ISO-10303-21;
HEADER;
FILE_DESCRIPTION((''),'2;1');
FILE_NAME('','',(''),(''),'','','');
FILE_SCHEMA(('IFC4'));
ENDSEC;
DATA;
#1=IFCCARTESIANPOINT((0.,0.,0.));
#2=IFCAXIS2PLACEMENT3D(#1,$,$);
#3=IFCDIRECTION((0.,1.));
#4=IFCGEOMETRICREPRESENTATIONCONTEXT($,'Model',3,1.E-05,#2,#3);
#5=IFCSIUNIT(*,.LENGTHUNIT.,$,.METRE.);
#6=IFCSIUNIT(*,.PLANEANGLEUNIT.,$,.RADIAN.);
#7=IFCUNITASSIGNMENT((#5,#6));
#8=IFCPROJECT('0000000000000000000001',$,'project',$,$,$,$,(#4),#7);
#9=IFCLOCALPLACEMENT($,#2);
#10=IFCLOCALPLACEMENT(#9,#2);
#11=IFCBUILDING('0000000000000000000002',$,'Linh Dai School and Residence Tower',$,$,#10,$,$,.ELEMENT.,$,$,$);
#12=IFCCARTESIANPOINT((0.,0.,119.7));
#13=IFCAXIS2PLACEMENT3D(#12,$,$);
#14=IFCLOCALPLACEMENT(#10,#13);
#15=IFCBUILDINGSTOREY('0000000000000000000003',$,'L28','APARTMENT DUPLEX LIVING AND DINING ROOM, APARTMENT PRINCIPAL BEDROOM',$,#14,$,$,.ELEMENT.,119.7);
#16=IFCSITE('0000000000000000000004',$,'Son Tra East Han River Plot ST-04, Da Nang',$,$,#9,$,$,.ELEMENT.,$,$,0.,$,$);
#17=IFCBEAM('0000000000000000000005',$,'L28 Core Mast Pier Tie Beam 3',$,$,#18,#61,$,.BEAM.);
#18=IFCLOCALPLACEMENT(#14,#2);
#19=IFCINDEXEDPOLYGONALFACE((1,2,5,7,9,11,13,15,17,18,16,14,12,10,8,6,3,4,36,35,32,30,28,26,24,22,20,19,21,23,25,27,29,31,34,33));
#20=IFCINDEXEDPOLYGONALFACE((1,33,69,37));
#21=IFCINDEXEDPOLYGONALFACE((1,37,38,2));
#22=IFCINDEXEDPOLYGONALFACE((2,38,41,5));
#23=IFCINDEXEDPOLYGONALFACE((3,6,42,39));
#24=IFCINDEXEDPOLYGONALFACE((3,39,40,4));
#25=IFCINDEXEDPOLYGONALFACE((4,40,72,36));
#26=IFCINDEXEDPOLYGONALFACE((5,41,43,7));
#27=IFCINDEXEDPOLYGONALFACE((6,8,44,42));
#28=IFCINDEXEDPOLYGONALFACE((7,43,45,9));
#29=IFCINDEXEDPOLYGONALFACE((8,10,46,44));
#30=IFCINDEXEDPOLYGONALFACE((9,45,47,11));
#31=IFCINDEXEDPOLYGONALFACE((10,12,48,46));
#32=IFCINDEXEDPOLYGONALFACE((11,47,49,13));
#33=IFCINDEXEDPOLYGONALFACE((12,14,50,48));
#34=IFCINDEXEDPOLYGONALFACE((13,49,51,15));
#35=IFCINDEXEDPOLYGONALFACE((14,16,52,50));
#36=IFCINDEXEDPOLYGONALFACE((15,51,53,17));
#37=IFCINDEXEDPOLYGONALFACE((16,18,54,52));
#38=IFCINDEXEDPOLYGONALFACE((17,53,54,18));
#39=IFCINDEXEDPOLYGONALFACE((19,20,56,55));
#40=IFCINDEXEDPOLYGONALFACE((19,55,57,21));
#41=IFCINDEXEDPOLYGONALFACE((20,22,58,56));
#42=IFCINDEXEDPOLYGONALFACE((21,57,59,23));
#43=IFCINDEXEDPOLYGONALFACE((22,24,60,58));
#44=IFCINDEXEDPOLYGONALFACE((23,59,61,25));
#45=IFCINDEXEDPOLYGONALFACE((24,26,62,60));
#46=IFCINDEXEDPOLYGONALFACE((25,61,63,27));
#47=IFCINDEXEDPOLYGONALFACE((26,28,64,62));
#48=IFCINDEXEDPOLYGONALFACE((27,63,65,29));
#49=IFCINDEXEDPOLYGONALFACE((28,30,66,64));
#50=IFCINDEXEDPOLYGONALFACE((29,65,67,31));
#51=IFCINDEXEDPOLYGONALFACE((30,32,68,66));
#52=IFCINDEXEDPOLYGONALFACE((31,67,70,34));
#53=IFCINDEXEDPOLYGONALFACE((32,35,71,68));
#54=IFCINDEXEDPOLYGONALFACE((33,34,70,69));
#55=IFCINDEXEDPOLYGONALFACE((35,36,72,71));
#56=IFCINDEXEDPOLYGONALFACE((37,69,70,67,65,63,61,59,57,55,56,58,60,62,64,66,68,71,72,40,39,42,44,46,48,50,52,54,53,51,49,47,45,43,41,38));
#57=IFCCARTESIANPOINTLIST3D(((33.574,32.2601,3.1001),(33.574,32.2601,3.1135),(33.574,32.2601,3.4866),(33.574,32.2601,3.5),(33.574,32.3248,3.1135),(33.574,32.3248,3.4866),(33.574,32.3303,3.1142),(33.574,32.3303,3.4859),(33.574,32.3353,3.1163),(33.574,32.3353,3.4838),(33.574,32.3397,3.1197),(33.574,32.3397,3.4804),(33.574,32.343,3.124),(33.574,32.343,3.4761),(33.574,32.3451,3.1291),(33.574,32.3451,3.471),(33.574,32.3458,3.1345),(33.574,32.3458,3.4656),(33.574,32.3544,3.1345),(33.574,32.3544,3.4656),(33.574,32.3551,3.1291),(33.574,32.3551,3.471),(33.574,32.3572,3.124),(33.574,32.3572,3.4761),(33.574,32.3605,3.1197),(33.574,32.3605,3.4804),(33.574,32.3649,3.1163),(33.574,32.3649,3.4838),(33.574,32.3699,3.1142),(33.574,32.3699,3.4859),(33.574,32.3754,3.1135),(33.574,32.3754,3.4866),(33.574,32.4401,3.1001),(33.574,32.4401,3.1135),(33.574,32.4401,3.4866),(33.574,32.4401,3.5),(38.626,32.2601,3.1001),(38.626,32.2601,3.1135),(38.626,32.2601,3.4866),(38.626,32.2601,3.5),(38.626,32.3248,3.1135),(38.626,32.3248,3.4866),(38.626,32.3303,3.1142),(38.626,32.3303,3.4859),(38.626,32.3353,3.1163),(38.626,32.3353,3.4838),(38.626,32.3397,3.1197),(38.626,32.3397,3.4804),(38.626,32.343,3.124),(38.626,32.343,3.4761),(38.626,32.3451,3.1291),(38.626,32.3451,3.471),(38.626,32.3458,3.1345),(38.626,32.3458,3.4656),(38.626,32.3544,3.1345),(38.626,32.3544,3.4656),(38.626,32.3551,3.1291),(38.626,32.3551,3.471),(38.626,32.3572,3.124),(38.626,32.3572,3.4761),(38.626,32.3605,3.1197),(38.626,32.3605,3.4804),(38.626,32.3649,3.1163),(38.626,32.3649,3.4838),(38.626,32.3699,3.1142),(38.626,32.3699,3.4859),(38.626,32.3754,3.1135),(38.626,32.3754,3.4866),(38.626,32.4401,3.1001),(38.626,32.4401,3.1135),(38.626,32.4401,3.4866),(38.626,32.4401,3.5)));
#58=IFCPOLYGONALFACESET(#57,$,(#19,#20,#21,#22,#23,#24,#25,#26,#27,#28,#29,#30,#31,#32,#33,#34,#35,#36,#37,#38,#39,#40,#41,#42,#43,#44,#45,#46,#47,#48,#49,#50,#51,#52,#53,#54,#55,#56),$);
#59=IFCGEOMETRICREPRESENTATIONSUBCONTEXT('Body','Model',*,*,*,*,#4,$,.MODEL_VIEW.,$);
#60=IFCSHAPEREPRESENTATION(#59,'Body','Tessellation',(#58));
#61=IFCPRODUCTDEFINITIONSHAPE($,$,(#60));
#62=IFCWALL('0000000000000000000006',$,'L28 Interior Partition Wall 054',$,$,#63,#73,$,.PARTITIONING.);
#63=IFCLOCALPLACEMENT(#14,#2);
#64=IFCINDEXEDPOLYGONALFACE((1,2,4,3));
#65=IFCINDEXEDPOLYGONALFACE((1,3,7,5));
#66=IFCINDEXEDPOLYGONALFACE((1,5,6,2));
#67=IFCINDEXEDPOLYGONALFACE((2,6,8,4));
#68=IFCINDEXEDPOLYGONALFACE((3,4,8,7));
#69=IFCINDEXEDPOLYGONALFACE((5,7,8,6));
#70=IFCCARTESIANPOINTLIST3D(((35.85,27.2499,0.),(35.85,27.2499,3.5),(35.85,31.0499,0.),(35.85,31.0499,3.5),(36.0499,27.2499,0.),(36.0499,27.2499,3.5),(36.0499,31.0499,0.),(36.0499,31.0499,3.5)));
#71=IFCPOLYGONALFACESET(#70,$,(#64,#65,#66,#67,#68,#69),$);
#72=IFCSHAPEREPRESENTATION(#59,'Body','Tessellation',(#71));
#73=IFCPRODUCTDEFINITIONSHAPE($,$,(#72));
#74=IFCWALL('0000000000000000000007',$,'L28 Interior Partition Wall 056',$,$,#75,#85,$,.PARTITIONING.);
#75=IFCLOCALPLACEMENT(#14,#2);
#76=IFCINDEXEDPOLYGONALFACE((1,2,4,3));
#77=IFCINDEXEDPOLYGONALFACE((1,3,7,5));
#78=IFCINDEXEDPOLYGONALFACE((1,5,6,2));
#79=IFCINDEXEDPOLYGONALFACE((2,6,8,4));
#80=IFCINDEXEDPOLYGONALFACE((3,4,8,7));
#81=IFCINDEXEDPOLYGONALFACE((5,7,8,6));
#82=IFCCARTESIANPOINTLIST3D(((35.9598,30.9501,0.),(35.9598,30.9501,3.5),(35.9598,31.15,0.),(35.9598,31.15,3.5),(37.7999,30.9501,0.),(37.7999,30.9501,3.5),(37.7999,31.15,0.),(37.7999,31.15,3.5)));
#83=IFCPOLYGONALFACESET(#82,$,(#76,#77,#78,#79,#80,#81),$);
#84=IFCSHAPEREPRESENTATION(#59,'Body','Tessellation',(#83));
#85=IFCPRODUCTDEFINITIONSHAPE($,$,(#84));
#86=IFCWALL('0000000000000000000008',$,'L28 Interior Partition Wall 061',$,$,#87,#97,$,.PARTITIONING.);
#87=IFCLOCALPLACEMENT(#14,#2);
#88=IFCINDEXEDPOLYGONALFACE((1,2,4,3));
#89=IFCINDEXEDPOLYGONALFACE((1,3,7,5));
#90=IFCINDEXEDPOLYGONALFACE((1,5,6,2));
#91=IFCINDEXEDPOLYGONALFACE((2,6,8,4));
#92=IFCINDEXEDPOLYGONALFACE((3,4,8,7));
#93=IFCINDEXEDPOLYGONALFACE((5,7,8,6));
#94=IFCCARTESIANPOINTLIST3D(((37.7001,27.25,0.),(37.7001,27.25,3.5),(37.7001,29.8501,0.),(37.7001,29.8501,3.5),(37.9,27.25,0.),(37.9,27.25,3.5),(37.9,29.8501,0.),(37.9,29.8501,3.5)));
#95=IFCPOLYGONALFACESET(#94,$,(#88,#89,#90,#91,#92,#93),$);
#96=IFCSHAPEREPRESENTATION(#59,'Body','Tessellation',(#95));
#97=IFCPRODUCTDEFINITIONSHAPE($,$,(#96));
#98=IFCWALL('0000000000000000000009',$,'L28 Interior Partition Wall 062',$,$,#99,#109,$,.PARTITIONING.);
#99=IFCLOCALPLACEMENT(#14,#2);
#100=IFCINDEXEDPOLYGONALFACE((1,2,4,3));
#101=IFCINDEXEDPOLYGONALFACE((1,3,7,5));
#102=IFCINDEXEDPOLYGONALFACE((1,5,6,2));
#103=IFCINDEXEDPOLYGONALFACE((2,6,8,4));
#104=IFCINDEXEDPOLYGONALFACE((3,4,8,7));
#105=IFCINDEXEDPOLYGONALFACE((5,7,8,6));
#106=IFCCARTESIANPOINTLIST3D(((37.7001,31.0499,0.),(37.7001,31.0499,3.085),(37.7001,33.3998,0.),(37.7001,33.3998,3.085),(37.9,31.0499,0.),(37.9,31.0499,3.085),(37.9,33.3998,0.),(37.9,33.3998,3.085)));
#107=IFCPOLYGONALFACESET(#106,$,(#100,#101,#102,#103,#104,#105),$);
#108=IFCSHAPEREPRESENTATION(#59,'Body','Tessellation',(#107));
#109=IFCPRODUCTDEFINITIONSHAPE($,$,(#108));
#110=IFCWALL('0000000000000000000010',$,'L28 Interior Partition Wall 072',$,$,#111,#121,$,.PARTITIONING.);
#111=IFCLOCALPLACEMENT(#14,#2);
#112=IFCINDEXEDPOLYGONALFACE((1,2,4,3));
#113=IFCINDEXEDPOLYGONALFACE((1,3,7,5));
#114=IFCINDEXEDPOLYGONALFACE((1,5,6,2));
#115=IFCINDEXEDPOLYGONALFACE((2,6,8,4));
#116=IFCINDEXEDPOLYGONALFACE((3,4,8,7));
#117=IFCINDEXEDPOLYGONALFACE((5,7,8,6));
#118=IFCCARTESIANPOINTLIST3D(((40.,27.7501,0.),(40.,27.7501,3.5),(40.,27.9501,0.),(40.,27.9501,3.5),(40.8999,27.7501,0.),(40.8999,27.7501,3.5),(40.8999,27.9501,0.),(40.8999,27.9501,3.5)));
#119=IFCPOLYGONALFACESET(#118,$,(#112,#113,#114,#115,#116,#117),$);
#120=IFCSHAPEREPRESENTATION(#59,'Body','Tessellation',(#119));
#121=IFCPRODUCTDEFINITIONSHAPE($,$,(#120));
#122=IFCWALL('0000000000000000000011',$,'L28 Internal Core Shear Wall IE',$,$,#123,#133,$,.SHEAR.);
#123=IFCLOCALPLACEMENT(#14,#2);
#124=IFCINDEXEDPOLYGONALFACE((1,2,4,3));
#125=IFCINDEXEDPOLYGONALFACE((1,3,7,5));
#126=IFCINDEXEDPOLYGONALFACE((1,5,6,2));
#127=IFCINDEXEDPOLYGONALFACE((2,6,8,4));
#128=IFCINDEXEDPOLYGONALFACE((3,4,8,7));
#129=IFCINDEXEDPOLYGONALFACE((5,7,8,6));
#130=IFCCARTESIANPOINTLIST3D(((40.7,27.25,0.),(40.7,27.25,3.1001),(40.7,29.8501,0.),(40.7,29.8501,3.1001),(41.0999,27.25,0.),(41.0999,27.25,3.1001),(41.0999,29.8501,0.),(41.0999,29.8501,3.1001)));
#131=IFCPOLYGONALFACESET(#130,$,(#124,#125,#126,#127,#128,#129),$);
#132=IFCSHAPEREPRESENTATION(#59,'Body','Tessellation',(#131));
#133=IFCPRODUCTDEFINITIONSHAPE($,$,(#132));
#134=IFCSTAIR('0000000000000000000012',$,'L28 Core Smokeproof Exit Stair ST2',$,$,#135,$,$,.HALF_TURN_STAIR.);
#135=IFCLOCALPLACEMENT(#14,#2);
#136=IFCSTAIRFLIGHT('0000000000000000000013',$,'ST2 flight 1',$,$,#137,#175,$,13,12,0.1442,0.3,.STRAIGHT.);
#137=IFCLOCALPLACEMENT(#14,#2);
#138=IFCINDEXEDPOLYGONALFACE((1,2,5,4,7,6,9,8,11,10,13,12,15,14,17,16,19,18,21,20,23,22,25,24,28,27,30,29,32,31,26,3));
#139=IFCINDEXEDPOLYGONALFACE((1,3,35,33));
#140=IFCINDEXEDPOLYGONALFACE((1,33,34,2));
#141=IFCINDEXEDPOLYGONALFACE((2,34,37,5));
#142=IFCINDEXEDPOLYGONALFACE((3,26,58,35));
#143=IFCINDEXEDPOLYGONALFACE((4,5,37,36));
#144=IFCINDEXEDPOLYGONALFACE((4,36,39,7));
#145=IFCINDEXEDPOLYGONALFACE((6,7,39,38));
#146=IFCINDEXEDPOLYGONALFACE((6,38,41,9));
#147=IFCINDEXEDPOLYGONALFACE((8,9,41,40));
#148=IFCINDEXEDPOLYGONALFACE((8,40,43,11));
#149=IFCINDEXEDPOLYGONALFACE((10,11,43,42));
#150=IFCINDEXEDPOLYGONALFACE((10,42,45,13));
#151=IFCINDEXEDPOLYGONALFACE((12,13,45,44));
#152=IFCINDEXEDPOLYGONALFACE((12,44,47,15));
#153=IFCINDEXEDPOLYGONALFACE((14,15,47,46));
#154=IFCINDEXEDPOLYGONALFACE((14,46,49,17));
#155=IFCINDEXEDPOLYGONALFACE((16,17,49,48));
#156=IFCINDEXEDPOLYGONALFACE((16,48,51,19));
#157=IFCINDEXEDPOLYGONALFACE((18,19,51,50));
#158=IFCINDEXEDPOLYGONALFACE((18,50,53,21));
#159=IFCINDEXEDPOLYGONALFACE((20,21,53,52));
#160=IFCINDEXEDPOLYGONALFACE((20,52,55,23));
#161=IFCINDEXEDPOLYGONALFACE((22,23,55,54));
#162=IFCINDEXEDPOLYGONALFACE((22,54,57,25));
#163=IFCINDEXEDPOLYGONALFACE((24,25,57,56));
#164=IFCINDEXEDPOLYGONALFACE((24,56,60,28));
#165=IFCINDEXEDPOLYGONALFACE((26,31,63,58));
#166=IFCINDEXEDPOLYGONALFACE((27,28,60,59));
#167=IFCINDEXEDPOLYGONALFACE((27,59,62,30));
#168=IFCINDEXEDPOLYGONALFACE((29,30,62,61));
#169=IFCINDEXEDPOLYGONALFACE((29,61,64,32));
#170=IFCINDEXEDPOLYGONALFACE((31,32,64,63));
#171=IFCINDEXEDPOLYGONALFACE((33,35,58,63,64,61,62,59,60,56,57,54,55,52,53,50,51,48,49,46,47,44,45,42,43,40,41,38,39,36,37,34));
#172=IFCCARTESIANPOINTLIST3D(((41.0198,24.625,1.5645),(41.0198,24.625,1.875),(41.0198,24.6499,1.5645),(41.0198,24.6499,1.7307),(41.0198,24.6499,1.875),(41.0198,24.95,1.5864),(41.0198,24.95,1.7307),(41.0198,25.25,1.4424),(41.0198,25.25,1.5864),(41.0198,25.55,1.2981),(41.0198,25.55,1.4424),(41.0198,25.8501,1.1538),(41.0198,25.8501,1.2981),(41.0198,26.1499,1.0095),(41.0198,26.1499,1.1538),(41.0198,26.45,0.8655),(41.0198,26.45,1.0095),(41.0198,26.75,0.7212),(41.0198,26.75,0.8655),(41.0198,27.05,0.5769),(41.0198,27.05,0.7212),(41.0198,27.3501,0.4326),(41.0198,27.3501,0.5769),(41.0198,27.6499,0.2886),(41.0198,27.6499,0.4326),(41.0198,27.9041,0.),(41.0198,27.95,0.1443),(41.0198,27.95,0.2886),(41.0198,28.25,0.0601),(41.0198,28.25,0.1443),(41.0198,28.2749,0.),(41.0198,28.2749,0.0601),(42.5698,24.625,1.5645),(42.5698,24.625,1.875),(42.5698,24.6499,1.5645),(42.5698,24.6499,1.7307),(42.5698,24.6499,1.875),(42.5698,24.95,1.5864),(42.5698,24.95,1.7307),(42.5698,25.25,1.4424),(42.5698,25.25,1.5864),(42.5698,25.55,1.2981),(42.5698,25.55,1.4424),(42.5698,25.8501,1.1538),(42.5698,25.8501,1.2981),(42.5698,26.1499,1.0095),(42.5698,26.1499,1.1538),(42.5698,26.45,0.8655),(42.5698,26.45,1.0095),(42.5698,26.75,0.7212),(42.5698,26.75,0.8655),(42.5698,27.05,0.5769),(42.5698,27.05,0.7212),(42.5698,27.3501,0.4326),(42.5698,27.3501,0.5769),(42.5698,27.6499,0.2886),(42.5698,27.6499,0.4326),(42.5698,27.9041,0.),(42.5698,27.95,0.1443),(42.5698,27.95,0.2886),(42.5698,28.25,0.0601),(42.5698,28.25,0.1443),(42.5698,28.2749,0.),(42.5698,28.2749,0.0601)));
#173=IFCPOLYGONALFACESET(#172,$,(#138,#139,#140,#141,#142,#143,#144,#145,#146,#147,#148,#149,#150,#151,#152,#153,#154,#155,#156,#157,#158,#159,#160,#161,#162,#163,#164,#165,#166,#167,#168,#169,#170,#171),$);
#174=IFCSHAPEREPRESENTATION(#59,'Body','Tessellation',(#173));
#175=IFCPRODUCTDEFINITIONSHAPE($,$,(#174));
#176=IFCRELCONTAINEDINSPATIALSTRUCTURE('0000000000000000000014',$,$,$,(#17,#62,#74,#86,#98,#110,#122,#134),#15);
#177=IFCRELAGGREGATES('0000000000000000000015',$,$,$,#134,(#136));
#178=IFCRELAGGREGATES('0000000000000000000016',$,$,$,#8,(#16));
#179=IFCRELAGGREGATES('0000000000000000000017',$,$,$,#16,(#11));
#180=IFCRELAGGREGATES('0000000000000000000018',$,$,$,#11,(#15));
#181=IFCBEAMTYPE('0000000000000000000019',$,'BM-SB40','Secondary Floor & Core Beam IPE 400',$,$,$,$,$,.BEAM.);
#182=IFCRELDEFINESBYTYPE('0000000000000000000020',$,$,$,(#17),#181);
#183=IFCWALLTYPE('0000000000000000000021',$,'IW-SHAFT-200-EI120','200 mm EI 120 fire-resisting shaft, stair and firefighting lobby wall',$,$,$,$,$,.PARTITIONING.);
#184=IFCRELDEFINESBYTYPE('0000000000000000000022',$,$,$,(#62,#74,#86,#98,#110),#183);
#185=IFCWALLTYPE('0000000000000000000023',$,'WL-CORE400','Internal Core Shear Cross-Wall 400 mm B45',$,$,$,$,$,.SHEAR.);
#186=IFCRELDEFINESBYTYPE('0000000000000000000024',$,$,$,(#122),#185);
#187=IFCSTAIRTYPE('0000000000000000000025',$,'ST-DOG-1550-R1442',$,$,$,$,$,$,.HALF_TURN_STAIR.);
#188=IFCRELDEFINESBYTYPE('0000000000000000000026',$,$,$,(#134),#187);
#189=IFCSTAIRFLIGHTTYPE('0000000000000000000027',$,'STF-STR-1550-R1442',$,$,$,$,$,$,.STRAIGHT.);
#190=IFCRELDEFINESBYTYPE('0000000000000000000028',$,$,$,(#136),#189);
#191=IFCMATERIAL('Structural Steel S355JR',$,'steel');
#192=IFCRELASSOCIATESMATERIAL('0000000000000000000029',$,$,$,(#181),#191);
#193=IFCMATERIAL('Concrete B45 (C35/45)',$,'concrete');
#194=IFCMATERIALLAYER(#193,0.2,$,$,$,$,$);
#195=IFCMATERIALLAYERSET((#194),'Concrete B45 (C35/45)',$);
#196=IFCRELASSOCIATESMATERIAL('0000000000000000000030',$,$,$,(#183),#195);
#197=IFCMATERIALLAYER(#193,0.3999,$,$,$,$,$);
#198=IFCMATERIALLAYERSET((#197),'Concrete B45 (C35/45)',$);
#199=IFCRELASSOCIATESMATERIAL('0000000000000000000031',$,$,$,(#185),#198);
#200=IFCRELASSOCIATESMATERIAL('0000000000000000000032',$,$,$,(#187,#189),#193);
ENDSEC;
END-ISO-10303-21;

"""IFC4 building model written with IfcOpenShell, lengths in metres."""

from ifc_helpers import new_model, si_unit, direction, frame, frame_2d, origin, origin_2d, place, context, subcontext, project, spatial, polyline, rectangle, i_section, outline, extrude, source, transform, mapped, material, layer, layer_set, material_profile, profile_set, type_object, element, aggregate, save


model = new_model("IFC4")

# Units and contexts
model_context = context("Model", 3, precision=1e-05, world=origin(), true_north=direction((0.0, 1.0)))
body_context = subcontext(model_context, "Body", "Model", "MODEL_VIEW")
ifc_project = project(units=[si_unit("LENGTHUNIT", "METRE"), si_unit("PLANEANGLEUNIT", "RADIAN")], contexts=[model_context])

# Site, building, storey
site_placement = place(None, origin())
site = spatial("IfcSite", under=ifc_project, at=site_placement, Name="Son Tra East Han River Plot ST-04, Da Nang", CompositionType="ELEMENT", RefElevation=0.0)
building_placement = place(site_placement, origin())
building = spatial("IfcBuilding", under=site, at=building_placement, Name="Linh Dai School and Residence Tower", CompositionType="ELEMENT")
storey_placement = place(building_placement, frame((0.0, 0.0, 119.7)))
storey = spatial("IfcBuildingStorey", under=building, at=storey_placement, Name="L28", Description="APARTMENT DUPLEX LIVING AND DINING ROOM, APARTMENT PRINCIPAL BEDROOM", CompositionType="ELEMENT", Elevation=119.7)

# Shared definitions
ifc_material_1 = material(Name="Structural Steel S355JR", Category="steel")

# Beam
ifc_material_profile_1 = material_profile(ifc_material_1, i_section(OverallWidth=0.1799, OverallDepth=0.3999, WebThickness=0.0085, FlangeThickness=0.0134, FilletRadius=0.021, at=origin_2d()), Name="IPE 400")
ifc_profile_set_1 = profile_set([ifc_material_profile_1], Name="Structural Steel S355JR")
beam_type_1 = type_object("IfcBeamType", Name="BM-SB40", Description="Secondary Floor & Core Beam IPE 400", PredefinedType="BEAM", material=ifc_profile_set_1)
beam_1_placement = place(storey_placement, frame((38.626, 32.3501, 3.3), z_axis=(-1.0, 0.0, 0.0), x_axis=(0.0, -1.0, 0.0)))
element("IfcBeam", 1, at=beam_1_placement, inside=storey, type_object=beam_type_1, Name="L28 Core Mast Pier Tie Beam 3", PredefinedType="BEAM", context=body_context, shape_type="SweptSolid", body=[
    extrude(i_section(OverallWidth=0.1799, OverallDepth=0.3999, WebThickness=0.0085, FlangeThickness=0.0134, FilletRadius=0.021, at=origin_2d()), origin(), (0.0, 0.0, 1.0), 5.052),
])

# Wall
ifc_material_2 = material(Name="Concrete B45 (C35/45)", Category="concrete")
ifc_layer_1 = layer(ifc_material_2, 0.2)
ifc_layer_set_1 = layer_set([ifc_layer_1], Name="Concrete B45 (C35/45)")
wall_type_1 = type_object("IfcWallType", Name="IW-SHAFT-200-EI120", Description="200 mm EI 120 fire-resisting shaft, stair and firefighting lobby wall", PredefinedType="PARTITIONING", material=ifc_layer_set_1)
wall_1_placement = place(storey_placement, frame((35.95, 27.25, 0.0), z_axis=(0.0, 0.0, 1.0), x_axis=(0.0, 1.0, 0.0)))
element("IfcWall", 2, at=wall_1_placement, inside=storey, type_object=wall_type_1, Name="L28 Interior Partition Wall 054", PredefinedType="PARTITIONING", context=body_context, shape_type="SweptSolid", body=[
    extrude(rectangle(XDim=3.8, YDim=0.2, at=frame_2d((1.8999, 0.0))), origin(), (0.0, 0.0, 1.0), 3.5),
])

# Walls
wall_2_placement = place(storey_placement, frame((35.96, 31.05, 0.0), z_axis=(0.0, 0.0, 1.0), x_axis=(1.0, 0.0, 0.0)))
element("IfcWall", 3, at=wall_2_placement, inside=storey, type_object=wall_type_1, Name="L28 Interior Partition Wall 056", PredefinedType="PARTITIONING", context=body_context, shape_type="SweptSolid", body=[
    extrude(rectangle(XDim=1.8401, YDim=0.2, at=frame_2d((0.9199, 0.0))), origin(), (0.0, 0.0, 1.0), 3.5),
])
wall_3_placement = place(storey_placement, frame((37.8, 27.25, 0.0), z_axis=(0.0, 0.0, 1.0), x_axis=(0.0, 1.0, 0.0)))
element("IfcWall", 4, at=wall_3_placement, inside=storey, type_object=wall_type_1, Name="L28 Interior Partition Wall 061", PredefinedType="PARTITIONING", context=body_context, shape_type="SweptSolid", body=[
    extrude(rectangle(XDim=2.6001, YDim=0.2, at=frame_2d((1.3, 0.0))), origin(), (0.0, 0.0, 1.0), 3.5),
])
wall_4_placement = place(storey_placement, frame((37.8, 31.05, 0.0), z_axis=(0.0, 0.0, 1.0), x_axis=(0.0, 1.0, 0.0)))
element("IfcWall", 5, at=wall_4_placement, inside=storey, type_object=wall_type_1, Name="L28 Interior Partition Wall 062", PredefinedType="PARTITIONING", context=body_context, shape_type="SweptSolid", body=[
    extrude(rectangle(XDim=2.3499, YDim=0.2, at=frame_2d((1.1748, 0.0))), origin(), (0.0, 0.0, 1.0), 3.085),
])
wall_5_placement = place(storey_placement, frame((40.0, 27.8501, 0.0), z_axis=(0.0, 0.0, 1.0), x_axis=(1.0, 0.0, 0.0)))
element("IfcWall", 6, at=wall_5_placement, inside=storey, type_object=wall_type_1, Name="L28 Interior Partition Wall 072", PredefinedType="PARTITIONING", context=body_context, shape_type="SweptSolid", body=[
    extrude(rectangle(XDim=0.8999, YDim=0.2, at=frame_2d((0.45, 0.0))), origin(), (0.0, 0.0, 1.0), 3.5),
])
ifc_layer_2 = layer(ifc_material_2, 0.3999)
ifc_layer_set_2 = layer_set([ifc_layer_2], Name="Concrete B45 (C35/45)")
wall_type_2 = type_object("IfcWallType", Name="WL-CORE400", Description="Internal Core Shear Cross-Wall 400 mm B45", PredefinedType="SHEAR", material=ifc_layer_set_2)
wall_6_placement = place(storey_placement, frame((40.8999, 27.25, 0.0), z_axis=(0.0, 0.0, 1.0), x_axis=(0.0, 1.0, 0.0)))
element("IfcWall", 7, at=wall_6_placement, inside=storey, type_object=wall_type_2, Name="L28 Internal Core Shear Wall IE", PredefinedType="SHEAR", context=body_context, shape_type="SweptSolid", body=[
    extrude(rectangle(XDim=2.6001, YDim=0.3999, at=frame_2d((1.3, 0.0))), origin(), (0.0, 0.0, 1.0), 3.1001),
])

# Stair, stair flight
stair_type = type_object("IfcStairType", Name="ST-DOG-1550-R1442", PredefinedType="HALF_TURN_STAIR", material=ifc_material_2)
stair_placement = place(storey_placement, origin())
stair = element("IfcStair", 8, at=stair_placement, inside=storey, type_object=stair_type, Name="L28 Core Smokeproof Exit Stair ST2", PredefinedType="HALF_TURN_STAIR")
stair_flight_type = type_object("IfcStairFlightType", Name="STF-STR-1550-R1442", PredefinedType="STRAIGHT", material=ifc_material_2)
shared_shape_1 = source(origin(), body_context, "Body", "SweptSolid", [
    extrude(outline(polyline([(-0.0249, 0.0), (-0.0249, 0.0601), (0.0, 0.0601), (0.0, 0.1443), (0.3, 0.1443), (0.3, 0.2886), (0.6001, 0.2886), (0.6001, 0.4326), (0.8999, 0.4326), (0.8999, 0.5769), (1.2, 0.5769), (1.2, 0.7212), (1.5, 0.7212), (1.5, 0.8655), (1.8, 0.8655), (1.8, 1.0095), (2.1001, 1.0095), (2.1001, 1.1538), (2.3999, 1.1538), (2.3999, 1.2981), (2.7, 1.2981), (2.7, 1.4424), (3.0, 1.4424), (3.0, 1.5864), (3.3, 1.5864), (3.3, 1.7307), (3.6001, 1.7307), (3.6001, 1.875), (3.625, 1.875), (3.625, 1.5645), (3.6001, 1.5645), (0.3459, 0.0), (-0.0249, 0.0)])), frame((0.0, 0.7749, 0.0), z_axis=(0.0, -1.0, 0.0), x_axis=(1.0, 0.0, 0.0)), (0.0, 0.0, 1.0), 1.55),
])
stair_flight_placement = place(storey_placement, frame((41.7949, 28.25, 0.0), z_axis=(0.0, 0.0, 1.0), x_axis=(0.0, -1.0, 0.0)))
stair_flight = element("IfcStairFlight", 9, at=stair_flight_placement, type_object=stair_flight_type, Name="ST2 flight 1", NumberOfRisers=13, NumberOfTreads=12, PredefinedType="STRAIGHT", RiserHeight=0.1442, TreadLength=0.3, context=body_context, shape_type="MappedRepresentation", body=[
    mapped(shared_shape_1, transform((0.0, 0.0, 0.0), x_axis=(1.0, 0.0, 0.0), y_axis=(0.0, 1.0, 0.0), z_axis=(0.0, 0.0, 1.0), scale=1.0)),
])
aggregate(stair, [stair_flight])

save(model, "model.ifc")
